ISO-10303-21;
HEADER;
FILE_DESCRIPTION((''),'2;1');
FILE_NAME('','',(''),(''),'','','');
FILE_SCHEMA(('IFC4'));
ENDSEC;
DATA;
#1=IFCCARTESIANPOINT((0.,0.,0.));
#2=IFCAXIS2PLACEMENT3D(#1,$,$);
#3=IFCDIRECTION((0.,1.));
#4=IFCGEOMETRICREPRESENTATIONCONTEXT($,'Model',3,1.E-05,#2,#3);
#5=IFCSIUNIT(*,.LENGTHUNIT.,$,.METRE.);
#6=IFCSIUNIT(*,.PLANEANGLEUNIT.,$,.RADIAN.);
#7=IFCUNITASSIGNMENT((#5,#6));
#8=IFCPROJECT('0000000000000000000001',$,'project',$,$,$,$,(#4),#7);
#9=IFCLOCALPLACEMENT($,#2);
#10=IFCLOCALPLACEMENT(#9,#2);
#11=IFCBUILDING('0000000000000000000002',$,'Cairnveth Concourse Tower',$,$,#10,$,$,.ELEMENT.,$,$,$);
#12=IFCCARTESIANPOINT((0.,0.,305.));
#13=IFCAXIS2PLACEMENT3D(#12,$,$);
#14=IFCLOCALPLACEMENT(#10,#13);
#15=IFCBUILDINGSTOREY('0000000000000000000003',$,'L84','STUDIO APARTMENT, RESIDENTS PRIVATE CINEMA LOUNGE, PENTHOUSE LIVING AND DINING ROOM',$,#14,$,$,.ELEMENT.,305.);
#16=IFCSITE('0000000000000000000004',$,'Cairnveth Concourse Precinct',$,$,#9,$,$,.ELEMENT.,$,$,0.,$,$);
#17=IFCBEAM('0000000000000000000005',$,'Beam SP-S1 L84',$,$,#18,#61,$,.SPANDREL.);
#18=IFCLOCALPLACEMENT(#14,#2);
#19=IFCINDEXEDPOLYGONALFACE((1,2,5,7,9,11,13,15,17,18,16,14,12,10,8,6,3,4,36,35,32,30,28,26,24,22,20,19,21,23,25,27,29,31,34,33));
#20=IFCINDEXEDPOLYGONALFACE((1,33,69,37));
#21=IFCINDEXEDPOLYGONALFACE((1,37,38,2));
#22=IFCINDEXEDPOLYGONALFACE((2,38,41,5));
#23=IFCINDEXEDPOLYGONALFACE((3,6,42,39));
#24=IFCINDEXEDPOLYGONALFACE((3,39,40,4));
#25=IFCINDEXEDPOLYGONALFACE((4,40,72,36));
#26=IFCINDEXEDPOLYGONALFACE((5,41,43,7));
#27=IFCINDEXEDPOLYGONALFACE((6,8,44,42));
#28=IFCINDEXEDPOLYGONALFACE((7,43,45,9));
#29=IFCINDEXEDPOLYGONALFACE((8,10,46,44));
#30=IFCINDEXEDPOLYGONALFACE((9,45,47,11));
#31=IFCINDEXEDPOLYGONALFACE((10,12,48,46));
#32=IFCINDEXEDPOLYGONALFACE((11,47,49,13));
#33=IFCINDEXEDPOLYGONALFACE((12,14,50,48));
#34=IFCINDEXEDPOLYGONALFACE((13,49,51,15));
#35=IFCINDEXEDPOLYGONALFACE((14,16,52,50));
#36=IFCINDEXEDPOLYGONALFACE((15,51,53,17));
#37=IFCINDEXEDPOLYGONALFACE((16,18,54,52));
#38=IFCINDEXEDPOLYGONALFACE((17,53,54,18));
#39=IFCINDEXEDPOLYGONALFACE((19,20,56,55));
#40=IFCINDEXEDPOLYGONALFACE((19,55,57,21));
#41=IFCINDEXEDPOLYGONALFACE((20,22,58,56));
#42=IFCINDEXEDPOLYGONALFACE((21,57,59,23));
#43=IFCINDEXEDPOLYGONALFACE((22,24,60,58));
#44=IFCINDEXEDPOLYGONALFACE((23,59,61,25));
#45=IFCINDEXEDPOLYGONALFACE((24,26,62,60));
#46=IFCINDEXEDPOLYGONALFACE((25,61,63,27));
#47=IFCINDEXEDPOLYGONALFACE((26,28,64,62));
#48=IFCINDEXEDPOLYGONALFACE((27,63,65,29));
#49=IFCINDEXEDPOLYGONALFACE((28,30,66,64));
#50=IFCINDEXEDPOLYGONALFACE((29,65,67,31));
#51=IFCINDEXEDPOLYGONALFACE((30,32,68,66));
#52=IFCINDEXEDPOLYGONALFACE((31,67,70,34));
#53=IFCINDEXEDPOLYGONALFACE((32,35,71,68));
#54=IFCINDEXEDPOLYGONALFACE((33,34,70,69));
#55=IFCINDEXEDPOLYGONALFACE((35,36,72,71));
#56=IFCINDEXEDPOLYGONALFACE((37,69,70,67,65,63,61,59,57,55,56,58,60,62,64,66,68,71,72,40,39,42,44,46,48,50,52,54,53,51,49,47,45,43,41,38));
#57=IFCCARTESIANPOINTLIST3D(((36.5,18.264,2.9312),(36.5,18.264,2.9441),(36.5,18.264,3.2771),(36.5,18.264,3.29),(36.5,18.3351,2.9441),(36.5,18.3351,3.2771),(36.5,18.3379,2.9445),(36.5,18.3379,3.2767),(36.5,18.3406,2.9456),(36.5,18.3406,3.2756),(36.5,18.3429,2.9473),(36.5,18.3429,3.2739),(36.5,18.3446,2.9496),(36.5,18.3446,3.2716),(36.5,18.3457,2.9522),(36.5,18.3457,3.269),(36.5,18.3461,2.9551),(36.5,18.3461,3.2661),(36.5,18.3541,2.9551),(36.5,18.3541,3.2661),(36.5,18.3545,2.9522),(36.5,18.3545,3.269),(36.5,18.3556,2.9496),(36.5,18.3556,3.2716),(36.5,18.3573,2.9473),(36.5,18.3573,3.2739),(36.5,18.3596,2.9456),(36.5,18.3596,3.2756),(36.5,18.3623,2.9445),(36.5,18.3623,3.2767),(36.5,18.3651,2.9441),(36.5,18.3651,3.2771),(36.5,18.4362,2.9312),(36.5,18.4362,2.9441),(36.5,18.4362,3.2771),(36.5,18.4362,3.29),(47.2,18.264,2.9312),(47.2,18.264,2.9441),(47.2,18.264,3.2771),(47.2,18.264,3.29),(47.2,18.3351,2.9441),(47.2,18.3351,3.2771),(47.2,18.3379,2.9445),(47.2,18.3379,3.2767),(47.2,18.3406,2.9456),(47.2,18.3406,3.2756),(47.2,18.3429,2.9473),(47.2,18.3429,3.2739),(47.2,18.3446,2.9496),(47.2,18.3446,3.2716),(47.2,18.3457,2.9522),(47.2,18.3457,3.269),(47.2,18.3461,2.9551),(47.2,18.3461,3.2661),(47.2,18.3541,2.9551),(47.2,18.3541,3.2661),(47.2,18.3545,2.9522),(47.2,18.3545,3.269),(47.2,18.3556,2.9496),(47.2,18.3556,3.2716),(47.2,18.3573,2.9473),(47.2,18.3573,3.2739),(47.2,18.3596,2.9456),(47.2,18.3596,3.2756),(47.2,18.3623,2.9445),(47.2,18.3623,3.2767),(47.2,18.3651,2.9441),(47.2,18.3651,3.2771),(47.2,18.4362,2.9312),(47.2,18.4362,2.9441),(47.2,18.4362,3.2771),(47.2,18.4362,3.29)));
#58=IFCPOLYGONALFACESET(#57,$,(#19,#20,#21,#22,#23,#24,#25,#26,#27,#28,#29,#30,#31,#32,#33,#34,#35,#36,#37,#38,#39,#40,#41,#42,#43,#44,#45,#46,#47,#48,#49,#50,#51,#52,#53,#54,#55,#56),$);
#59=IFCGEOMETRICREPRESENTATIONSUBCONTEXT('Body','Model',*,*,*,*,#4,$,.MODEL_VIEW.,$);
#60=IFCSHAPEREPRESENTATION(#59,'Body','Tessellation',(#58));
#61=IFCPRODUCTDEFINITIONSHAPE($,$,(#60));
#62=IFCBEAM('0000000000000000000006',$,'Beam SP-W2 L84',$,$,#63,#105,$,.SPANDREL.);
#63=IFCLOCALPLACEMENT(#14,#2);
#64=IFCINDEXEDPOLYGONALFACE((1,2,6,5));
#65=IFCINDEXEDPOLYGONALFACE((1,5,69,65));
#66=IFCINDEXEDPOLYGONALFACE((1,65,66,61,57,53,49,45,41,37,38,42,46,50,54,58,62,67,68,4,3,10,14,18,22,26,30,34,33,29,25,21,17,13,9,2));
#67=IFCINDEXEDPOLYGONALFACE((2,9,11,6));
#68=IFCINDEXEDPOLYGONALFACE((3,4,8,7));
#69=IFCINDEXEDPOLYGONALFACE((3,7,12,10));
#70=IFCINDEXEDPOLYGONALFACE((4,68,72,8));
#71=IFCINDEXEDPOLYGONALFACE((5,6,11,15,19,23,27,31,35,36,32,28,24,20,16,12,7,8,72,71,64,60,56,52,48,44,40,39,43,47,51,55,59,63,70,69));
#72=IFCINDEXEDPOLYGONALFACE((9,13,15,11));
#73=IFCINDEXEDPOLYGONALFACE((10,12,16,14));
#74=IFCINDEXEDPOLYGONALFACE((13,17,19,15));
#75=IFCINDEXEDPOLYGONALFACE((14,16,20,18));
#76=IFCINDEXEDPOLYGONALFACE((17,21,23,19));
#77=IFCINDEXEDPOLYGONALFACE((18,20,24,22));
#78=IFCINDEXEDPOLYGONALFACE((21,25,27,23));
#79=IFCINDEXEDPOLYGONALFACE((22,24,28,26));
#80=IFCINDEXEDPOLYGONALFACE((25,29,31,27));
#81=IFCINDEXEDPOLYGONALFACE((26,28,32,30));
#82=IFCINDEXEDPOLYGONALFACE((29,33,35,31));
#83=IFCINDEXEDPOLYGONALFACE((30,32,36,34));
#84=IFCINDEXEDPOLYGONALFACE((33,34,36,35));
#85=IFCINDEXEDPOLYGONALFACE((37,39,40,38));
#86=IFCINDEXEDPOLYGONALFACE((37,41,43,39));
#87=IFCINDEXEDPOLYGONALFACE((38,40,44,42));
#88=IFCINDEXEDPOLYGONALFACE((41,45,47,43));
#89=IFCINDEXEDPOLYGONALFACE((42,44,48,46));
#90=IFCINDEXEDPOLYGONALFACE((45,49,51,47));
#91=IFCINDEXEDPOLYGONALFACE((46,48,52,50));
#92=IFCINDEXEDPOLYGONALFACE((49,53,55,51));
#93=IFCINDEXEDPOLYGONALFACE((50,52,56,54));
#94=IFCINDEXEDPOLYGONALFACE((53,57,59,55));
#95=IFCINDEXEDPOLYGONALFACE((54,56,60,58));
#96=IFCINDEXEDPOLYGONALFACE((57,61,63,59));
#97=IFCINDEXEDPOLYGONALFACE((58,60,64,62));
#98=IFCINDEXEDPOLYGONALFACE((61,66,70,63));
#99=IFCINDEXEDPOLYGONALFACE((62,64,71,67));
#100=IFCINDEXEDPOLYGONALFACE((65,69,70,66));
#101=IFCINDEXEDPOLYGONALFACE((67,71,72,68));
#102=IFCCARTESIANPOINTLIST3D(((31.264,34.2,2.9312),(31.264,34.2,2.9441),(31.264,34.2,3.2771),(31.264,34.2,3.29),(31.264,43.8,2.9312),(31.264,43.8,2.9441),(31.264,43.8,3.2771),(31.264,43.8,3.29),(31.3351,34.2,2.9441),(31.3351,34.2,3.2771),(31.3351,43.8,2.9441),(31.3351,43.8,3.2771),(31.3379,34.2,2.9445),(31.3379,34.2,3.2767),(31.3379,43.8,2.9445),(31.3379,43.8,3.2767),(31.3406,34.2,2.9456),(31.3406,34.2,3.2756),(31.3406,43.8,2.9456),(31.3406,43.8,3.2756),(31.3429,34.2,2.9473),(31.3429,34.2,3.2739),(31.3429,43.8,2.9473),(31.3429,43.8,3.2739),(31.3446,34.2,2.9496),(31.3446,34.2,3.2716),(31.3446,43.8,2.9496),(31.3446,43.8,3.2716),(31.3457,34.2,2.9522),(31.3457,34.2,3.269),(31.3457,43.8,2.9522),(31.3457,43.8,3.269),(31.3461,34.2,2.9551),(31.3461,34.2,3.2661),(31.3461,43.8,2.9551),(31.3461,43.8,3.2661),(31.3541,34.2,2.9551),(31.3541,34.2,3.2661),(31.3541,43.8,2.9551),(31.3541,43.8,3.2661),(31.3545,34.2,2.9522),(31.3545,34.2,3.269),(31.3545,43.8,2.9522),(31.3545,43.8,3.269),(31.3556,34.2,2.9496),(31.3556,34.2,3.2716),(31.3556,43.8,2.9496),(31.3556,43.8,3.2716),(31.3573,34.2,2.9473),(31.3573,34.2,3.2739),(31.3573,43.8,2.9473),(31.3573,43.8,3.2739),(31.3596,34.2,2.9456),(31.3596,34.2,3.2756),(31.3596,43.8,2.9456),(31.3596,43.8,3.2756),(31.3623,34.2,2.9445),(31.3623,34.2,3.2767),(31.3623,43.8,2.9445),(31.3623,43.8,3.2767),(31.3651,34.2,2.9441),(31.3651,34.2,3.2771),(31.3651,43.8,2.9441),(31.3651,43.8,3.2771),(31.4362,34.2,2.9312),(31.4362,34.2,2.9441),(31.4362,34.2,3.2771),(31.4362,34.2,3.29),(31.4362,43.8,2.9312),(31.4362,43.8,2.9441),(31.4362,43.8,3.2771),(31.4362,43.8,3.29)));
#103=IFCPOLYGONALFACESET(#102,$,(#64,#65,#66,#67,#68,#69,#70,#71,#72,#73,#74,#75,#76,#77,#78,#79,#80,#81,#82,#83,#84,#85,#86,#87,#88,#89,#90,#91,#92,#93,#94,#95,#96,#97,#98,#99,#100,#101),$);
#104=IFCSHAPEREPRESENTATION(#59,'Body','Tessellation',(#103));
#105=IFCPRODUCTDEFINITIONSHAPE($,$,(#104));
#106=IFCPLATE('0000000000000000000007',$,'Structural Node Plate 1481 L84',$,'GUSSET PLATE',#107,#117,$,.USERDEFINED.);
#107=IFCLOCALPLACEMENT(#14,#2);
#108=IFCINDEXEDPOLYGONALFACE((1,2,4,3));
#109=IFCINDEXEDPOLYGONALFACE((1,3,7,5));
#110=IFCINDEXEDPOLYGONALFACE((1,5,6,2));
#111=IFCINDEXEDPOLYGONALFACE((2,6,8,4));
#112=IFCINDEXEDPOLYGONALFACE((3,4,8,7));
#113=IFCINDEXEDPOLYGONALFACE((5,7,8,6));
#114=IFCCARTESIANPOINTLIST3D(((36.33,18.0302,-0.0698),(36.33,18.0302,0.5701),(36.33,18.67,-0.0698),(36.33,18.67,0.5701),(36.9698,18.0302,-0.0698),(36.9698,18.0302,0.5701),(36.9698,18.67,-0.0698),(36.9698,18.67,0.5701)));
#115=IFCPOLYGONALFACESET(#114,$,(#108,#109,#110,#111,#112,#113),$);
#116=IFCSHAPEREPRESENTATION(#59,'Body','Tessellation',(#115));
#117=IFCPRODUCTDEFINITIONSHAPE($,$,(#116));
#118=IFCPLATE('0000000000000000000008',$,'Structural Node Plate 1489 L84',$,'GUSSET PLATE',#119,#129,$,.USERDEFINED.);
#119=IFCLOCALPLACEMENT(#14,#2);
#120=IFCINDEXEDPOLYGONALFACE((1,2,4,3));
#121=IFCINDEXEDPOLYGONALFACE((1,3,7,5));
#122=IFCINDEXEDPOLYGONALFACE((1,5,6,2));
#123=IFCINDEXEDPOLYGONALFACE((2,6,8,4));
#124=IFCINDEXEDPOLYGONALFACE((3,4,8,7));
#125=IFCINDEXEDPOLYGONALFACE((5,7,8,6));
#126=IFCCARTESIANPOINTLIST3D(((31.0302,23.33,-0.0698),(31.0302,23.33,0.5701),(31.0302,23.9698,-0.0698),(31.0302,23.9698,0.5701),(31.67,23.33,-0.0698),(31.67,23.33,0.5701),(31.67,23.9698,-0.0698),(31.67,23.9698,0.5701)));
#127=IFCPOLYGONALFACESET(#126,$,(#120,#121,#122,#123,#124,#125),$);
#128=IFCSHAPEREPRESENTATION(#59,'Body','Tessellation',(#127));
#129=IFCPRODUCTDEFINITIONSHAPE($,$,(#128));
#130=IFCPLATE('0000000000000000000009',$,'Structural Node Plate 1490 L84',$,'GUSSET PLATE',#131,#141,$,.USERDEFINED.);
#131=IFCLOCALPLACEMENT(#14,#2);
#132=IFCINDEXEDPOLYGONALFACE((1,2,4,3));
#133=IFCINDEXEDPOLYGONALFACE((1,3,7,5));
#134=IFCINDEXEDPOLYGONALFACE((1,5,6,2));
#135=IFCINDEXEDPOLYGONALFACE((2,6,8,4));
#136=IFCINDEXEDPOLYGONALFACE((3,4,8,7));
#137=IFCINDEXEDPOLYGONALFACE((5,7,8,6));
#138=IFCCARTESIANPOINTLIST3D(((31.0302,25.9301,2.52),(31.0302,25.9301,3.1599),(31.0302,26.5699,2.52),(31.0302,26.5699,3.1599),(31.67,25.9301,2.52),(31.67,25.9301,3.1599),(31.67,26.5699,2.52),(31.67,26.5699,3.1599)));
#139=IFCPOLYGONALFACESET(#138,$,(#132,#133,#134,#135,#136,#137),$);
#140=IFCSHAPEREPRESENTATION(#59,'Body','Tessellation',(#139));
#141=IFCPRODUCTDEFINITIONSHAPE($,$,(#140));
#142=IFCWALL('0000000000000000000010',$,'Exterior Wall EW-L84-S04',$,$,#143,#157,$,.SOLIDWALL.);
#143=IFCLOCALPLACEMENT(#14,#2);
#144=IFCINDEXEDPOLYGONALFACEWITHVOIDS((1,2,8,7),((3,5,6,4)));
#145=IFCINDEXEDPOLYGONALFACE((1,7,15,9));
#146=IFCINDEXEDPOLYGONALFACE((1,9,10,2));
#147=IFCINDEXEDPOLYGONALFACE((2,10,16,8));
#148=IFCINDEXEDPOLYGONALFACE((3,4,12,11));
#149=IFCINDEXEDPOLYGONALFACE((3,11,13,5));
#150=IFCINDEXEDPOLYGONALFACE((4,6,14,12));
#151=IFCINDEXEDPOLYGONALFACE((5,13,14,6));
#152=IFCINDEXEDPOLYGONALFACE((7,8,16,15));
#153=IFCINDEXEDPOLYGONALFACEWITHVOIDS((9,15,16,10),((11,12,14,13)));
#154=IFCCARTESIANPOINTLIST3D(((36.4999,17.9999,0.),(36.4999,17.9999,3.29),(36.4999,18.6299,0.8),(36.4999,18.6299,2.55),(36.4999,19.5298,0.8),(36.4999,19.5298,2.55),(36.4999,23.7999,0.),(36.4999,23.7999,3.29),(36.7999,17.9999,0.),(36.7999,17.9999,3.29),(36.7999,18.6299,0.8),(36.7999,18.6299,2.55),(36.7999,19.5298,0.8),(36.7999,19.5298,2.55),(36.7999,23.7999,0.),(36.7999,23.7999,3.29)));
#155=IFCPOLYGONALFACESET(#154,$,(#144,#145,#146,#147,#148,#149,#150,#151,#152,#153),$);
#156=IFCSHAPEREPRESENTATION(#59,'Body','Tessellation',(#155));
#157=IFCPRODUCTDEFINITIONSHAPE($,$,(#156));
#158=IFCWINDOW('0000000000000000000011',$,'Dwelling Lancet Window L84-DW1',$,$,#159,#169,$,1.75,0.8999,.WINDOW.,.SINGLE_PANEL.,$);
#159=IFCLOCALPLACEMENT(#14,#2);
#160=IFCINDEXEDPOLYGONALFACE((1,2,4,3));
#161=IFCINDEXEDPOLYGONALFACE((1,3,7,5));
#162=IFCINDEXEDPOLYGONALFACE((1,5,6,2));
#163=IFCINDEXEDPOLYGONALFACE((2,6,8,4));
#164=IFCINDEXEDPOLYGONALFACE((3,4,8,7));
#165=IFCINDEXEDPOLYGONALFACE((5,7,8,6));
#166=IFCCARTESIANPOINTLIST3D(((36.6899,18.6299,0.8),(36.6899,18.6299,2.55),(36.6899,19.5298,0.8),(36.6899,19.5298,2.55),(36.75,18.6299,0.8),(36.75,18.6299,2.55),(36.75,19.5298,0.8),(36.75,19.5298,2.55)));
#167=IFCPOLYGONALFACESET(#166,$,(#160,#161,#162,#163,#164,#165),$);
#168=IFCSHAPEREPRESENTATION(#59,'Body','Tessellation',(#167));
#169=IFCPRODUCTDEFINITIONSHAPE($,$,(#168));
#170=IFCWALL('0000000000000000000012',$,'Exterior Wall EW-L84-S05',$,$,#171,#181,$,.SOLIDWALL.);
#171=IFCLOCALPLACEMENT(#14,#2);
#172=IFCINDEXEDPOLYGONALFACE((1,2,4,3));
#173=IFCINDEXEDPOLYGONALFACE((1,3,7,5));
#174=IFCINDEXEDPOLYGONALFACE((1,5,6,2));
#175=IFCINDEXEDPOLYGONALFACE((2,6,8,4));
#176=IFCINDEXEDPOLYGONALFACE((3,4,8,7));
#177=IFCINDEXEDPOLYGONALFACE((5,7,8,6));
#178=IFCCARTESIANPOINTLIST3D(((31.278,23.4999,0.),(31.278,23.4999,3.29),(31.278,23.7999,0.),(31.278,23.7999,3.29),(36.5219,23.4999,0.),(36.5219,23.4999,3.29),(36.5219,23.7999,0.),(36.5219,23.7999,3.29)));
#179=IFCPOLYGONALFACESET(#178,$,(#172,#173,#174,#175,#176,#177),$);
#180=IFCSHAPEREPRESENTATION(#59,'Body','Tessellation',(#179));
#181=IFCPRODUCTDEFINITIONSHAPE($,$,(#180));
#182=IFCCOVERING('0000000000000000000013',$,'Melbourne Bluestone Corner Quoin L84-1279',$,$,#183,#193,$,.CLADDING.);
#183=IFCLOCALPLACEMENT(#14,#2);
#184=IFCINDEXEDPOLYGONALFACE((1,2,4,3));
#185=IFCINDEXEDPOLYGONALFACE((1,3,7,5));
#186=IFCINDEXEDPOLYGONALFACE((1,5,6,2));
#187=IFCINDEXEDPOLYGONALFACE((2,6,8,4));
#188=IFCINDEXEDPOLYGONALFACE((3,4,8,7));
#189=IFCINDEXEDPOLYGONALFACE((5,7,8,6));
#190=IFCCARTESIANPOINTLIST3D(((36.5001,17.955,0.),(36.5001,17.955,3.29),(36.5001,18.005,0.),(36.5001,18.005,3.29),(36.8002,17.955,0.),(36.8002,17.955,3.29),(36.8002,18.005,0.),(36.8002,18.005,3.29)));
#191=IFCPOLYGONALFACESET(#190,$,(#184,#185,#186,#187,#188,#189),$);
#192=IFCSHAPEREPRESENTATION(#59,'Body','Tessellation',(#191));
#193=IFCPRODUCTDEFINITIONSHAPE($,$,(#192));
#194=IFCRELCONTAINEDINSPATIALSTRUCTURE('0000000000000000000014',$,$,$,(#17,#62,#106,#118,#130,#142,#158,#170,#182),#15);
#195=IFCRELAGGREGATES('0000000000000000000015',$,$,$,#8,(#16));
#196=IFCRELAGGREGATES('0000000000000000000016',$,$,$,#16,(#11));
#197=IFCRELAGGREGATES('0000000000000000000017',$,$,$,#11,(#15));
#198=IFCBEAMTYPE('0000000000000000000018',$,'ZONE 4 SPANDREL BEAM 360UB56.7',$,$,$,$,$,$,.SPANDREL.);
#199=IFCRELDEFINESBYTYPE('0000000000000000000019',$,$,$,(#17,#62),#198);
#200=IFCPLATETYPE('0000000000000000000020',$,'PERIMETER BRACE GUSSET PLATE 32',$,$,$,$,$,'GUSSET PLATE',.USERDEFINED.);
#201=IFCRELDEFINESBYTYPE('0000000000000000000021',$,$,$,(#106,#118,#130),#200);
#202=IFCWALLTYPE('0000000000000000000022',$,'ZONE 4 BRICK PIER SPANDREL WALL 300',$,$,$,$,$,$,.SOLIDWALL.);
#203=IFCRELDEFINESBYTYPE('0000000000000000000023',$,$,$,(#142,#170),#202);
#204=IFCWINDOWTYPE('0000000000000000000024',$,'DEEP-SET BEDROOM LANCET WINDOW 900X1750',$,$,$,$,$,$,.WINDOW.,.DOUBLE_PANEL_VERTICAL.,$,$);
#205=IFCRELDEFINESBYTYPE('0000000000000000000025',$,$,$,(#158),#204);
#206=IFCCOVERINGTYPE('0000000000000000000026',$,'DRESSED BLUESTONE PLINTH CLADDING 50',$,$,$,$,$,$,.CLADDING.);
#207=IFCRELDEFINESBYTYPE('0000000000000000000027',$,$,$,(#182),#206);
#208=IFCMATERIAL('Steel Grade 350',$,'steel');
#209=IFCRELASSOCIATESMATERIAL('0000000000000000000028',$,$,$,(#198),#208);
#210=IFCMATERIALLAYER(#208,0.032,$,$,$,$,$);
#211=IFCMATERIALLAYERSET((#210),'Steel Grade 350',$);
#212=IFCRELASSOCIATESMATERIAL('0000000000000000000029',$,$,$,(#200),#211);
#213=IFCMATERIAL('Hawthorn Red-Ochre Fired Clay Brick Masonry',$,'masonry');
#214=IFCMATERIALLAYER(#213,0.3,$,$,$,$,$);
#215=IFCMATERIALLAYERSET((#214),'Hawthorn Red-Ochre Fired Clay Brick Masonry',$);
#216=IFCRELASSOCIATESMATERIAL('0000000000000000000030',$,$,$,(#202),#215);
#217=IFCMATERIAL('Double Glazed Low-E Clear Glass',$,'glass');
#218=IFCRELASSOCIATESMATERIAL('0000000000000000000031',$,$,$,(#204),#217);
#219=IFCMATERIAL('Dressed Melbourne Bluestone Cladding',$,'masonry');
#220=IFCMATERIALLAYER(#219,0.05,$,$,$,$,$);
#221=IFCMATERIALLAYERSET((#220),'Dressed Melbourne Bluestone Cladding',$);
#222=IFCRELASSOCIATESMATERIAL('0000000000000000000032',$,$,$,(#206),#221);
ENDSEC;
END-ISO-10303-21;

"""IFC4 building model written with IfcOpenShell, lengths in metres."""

from ifc_helpers import new_model, si_unit, direction, frame, frame_2d, origin, origin_2d, place, context, subcontext, project, spatial, rectangle, i_section, extrude, material, layer, layer_set, material_profile, profile_set, type_object, element, fill, save


model = new_model("IFC4")

# Units and contexts
model_context = context("Model", 3, precision=1e-05, world=origin(), true_north=direction((0.0, 1.0)))
body_context = subcontext(model_context, "Body", "Model", "MODEL_VIEW")
ifc_project = project(units=[si_unit("LENGTHUNIT", "METRE"), si_unit("PLANEANGLEUNIT", "RADIAN")], contexts=[model_context])

# Site, building, storey
site_placement = place(None, origin())
site = spatial("IfcSite", under=ifc_project, at=site_placement, Name="Cairnveth Concourse Precinct", CompositionType="ELEMENT", RefElevation=0.0)
building_placement = place(site_placement, origin())
building = spatial("IfcBuilding", under=site, at=building_placement, Name="Cairnveth Concourse Tower", CompositionType="ELEMENT")
storey_placement = place(building_placement, frame((0.0, 0.0, 305.0)))
storey = spatial("IfcBuildingStorey", under=building, at=storey_placement, Name="L84", Description="STUDIO APARTMENT, RESIDENTS PRIVATE CINEMA LOUNGE, PENTHOUSE LIVING AND DINING ROOM", CompositionType="ELEMENT", Elevation=305.0)

# Shared definitions
ifc_material_1 = material(Name="Steel Grade 350", Category="steel")

# Beams
ifc_material_profile_1 = material_profile(ifc_material_1, i_section(OverallWidth=0.1721, OverallDepth=0.3589, WebThickness=0.0081, FlangeThickness=0.0129, FilletRadius=0.011, at=origin_2d()), Name="360UB56.7")
ifc_profile_set_1 = profile_set([ifc_material_profile_1], Name="Steel Grade 350")
beam_type_1 = type_object("IfcBeamType", Name="ZONE 4 SPANDREL BEAM 360UB56.7", PredefinedType="SPANDREL", material=ifc_profile_set_1)
beam_1_placement = place(storey_placement, frame((36.5, 18.3501, 3.1106), z_axis=(1.0, 0.0, 0.0), x_axis=(0.0, 1.0, 0.0)))
element("IfcBeam", 1, at=beam_1_placement, inside=storey, type_object=beam_type_1, Name="Beam SP-S1 L84", PredefinedType="SPANDREL", context=body_context, shape_type="SweptSolid", body=[
    extrude(i_section(OverallWidth=0.1721, OverallDepth=0.3589, WebThickness=0.0081, FlangeThickness=0.0129, FilletRadius=0.011, at=origin_2d()), origin(), (0.0, 0.0, 1.0), 10.7),
])
beam_2_placement = place(storey_placement, frame((31.3501, 34.2, 3.1106), z_axis=(0.0, 1.0, 0.0), x_axis=(-1.0, 0.0, 0.0)))
element("IfcBeam", 2, at=beam_2_placement, inside=storey, type_object=beam_type_1, Name="Beam SP-W2 L84", PredefinedType="SPANDREL", context=body_context, shape_type="SweptSolid", body=[
    extrude(i_section(OverallWidth=0.1721, OverallDepth=0.3589, WebThickness=0.0081, FlangeThickness=0.0129, FilletRadius=0.011, at=origin_2d()), origin(), (0.0, 0.0, 1.0), 9.6001),
])

# Plates
ifc_layer_1 = layer(ifc_material_1, 0.032)
ifc_layer_set_1 = layer_set([ifc_layer_1], Name="Steel Grade 350")
plate_type = type_object("IfcPlateType", Name="PERIMETER BRACE GUSSET PLATE 32", ElementType="GUSSET PLATE", PredefinedType="USERDEFINED", material=ifc_layer_set_1)
for number, where, z_axis, x_axis, name in (
    (3, (36.6499, 18.3501, -0.0698), (0.0, 0.0, 1.0), (1.0, 0.0, 0.0), "Structural Node Plate 1481 L84"),
    (4, (31.3501, 23.6499, -0.0698), (0.0, 0.0, 1.0), (1.0, 0.0, 0.0), "Structural Node Plate 1489 L84"),
    (5, (31.3501, 26.25, 2.52), (0.0, 0.0, 1.0), (1.0, 0.0, 0.0), "Structural Node Plate 1490 L84"),
):
    element("IfcPlate", number, at=place(storey_placement, frame(where, z_axis=z_axis, x_axis=x_axis)), inside=storey, type_object=plate_type, Name=name, ObjectType="GUSSET PLATE", PredefinedType="USERDEFINED", context=body_context, shape_type="SweptSolid", body=[
        extrude(rectangle(XDim=0.6399, YDim=0.6399, at=origin_2d()), origin(), (0.0, 0.0, 1.0), 0.6399),
    ])

# Wall, opening, window
ifc_material_2 = material(Name="Hawthorn Red-Ochre Fired Clay Brick Masonry", Category="masonry")
ifc_layer_2 = layer(ifc_material_2, 0.3)
ifc_layer_set_2 = layer_set([ifc_layer_2], Name="Hawthorn Red-Ochre Fired Clay Brick Masonry")
wall_type = type_object("IfcWallType", Name="ZONE 4 BRICK PIER SPANDREL WALL 300", PredefinedType="SOLIDWALL", material=ifc_layer_set_2)
wall_1_placement = place(storey_placement, frame((36.6499, 18.0, 0.0), z_axis=(0.0, 0.0, 1.0), x_axis=(0.0, 1.0, 0.0)))
wall_1 = element("IfcWall", 6, at=wall_1_placement, inside=storey, type_object=wall_type, Name="Exterior Wall EW-L84-S04", PredefinedType="SOLIDWALL", context=body_context, shape_type="SweptSolid", body=[
    extrude(rectangle(XDim=5.8, YDim=0.3, at=frame_2d((2.8999, 0.0))), origin(), (0.0, 0.0, 1.0), 3.29),
])
opening_placement = place(wall_1_placement, frame((0.6299, 0.0, 0.8)))
opening = element("IfcOpeningElement", 7, at=opening_placement, cuts=wall_1, PredefinedType="OPENING", context=body_context, shape_type="SweptSolid", body=[
    extrude(rectangle(XDim=0.8999, YDim=1.75, at=frame_2d((0.45, 0.875))), frame((0.0, 0.1599, 0.0), z_axis=(0.0, -1.0, 0.0), x_axis=(1.0, 0.0, 0.0)), (0.0, 0.0, 1.0), 0.3201),
])
ifc_material_3 = material(Name="Double Glazed Low-E Clear Glass", Category="glass")
window_type = type_object("IfcWindowType", Name="DEEP-SET BEDROOM LANCET WINDOW 900X1750", PartitioningType="DOUBLE_PANEL_VERTICAL", PredefinedType="WINDOW", material=ifc_material_3)
window_placement = place(opening_placement, origin())
window = element("IfcWindow", 8, at=window_placement, inside=storey, type_object=window_type, Name="Dwelling Lancet Window L84-DW1", OverallHeight=1.75, OverallWidth=0.8999, PartitioningType="SINGLE_PANEL", PredefinedType="WINDOW", context=body_context, shape_type="SweptSolid", body=[
    extrude(rectangle(XDim=0.8999, YDim=1.75, at=frame_2d((0.45, 0.875))), frame((0.0, -0.04, 0.0), z_axis=(0.0, -1.0, 0.0), x_axis=(1.0, 0.0, 0.0)), (0.0, 0.0, 1.0), 0.0601),
])
fill(opening, window)

# Wall
wall_2_placement = place(storey_placement, frame((36.522, 23.6499, 0.0), z_axis=(0.0, 0.0, 1.0), x_axis=(-1.0, 0.0, 0.0)))
element("IfcWall", 9, at=wall_2_placement, inside=storey, type_object=wall_type, Name="Exterior Wall EW-L84-S05", PredefinedType="SOLIDWALL", context=body_context, shape_type="SweptSolid", body=[
    extrude(rectangle(XDim=5.2439, YDim=0.3, at=frame_2d((2.6221, 0.0))), origin(), (0.0, 0.0, 1.0), 3.29),
])

# Covering
ifc_material_4 = material(Name="Dressed Melbourne Bluestone Cladding", Category="masonry")
ifc_layer_3 = layer(ifc_material_4, 0.05)
ifc_layer_set_3 = layer_set([ifc_layer_3], Name="Dressed Melbourne Bluestone Cladding")
covering_type = type_object("IfcCoveringType", Name="DRESSED BLUESTONE PLINTH CLADDING 50", PredefinedType="CLADDING", material=ifc_layer_set_3)
for number, where, z_axis, x_axis, name in (
    (10, (36.8, 17.98, 0.0), (0.0, 0.0, 1.0), (-1.0, 0.0, 0.0), "Melbourne Bluestone Corner Quoin L84-1279"),
):
    element("IfcCovering", number, at=place(storey_placement, frame(where, z_axis=z_axis, x_axis=x_axis)), inside=storey, type_object=covering_type, Name=name, PredefinedType="CLADDING", context=body_context, shape_type="SweptSolid", body=[
        extrude(rectangle(XDim=0.3, YDim=0.05, at=frame_2d((0.1499, 0.0))), origin(), (0.0, 0.0, 1.0), 3.29),
    ])

save(model, "model.ifc")
